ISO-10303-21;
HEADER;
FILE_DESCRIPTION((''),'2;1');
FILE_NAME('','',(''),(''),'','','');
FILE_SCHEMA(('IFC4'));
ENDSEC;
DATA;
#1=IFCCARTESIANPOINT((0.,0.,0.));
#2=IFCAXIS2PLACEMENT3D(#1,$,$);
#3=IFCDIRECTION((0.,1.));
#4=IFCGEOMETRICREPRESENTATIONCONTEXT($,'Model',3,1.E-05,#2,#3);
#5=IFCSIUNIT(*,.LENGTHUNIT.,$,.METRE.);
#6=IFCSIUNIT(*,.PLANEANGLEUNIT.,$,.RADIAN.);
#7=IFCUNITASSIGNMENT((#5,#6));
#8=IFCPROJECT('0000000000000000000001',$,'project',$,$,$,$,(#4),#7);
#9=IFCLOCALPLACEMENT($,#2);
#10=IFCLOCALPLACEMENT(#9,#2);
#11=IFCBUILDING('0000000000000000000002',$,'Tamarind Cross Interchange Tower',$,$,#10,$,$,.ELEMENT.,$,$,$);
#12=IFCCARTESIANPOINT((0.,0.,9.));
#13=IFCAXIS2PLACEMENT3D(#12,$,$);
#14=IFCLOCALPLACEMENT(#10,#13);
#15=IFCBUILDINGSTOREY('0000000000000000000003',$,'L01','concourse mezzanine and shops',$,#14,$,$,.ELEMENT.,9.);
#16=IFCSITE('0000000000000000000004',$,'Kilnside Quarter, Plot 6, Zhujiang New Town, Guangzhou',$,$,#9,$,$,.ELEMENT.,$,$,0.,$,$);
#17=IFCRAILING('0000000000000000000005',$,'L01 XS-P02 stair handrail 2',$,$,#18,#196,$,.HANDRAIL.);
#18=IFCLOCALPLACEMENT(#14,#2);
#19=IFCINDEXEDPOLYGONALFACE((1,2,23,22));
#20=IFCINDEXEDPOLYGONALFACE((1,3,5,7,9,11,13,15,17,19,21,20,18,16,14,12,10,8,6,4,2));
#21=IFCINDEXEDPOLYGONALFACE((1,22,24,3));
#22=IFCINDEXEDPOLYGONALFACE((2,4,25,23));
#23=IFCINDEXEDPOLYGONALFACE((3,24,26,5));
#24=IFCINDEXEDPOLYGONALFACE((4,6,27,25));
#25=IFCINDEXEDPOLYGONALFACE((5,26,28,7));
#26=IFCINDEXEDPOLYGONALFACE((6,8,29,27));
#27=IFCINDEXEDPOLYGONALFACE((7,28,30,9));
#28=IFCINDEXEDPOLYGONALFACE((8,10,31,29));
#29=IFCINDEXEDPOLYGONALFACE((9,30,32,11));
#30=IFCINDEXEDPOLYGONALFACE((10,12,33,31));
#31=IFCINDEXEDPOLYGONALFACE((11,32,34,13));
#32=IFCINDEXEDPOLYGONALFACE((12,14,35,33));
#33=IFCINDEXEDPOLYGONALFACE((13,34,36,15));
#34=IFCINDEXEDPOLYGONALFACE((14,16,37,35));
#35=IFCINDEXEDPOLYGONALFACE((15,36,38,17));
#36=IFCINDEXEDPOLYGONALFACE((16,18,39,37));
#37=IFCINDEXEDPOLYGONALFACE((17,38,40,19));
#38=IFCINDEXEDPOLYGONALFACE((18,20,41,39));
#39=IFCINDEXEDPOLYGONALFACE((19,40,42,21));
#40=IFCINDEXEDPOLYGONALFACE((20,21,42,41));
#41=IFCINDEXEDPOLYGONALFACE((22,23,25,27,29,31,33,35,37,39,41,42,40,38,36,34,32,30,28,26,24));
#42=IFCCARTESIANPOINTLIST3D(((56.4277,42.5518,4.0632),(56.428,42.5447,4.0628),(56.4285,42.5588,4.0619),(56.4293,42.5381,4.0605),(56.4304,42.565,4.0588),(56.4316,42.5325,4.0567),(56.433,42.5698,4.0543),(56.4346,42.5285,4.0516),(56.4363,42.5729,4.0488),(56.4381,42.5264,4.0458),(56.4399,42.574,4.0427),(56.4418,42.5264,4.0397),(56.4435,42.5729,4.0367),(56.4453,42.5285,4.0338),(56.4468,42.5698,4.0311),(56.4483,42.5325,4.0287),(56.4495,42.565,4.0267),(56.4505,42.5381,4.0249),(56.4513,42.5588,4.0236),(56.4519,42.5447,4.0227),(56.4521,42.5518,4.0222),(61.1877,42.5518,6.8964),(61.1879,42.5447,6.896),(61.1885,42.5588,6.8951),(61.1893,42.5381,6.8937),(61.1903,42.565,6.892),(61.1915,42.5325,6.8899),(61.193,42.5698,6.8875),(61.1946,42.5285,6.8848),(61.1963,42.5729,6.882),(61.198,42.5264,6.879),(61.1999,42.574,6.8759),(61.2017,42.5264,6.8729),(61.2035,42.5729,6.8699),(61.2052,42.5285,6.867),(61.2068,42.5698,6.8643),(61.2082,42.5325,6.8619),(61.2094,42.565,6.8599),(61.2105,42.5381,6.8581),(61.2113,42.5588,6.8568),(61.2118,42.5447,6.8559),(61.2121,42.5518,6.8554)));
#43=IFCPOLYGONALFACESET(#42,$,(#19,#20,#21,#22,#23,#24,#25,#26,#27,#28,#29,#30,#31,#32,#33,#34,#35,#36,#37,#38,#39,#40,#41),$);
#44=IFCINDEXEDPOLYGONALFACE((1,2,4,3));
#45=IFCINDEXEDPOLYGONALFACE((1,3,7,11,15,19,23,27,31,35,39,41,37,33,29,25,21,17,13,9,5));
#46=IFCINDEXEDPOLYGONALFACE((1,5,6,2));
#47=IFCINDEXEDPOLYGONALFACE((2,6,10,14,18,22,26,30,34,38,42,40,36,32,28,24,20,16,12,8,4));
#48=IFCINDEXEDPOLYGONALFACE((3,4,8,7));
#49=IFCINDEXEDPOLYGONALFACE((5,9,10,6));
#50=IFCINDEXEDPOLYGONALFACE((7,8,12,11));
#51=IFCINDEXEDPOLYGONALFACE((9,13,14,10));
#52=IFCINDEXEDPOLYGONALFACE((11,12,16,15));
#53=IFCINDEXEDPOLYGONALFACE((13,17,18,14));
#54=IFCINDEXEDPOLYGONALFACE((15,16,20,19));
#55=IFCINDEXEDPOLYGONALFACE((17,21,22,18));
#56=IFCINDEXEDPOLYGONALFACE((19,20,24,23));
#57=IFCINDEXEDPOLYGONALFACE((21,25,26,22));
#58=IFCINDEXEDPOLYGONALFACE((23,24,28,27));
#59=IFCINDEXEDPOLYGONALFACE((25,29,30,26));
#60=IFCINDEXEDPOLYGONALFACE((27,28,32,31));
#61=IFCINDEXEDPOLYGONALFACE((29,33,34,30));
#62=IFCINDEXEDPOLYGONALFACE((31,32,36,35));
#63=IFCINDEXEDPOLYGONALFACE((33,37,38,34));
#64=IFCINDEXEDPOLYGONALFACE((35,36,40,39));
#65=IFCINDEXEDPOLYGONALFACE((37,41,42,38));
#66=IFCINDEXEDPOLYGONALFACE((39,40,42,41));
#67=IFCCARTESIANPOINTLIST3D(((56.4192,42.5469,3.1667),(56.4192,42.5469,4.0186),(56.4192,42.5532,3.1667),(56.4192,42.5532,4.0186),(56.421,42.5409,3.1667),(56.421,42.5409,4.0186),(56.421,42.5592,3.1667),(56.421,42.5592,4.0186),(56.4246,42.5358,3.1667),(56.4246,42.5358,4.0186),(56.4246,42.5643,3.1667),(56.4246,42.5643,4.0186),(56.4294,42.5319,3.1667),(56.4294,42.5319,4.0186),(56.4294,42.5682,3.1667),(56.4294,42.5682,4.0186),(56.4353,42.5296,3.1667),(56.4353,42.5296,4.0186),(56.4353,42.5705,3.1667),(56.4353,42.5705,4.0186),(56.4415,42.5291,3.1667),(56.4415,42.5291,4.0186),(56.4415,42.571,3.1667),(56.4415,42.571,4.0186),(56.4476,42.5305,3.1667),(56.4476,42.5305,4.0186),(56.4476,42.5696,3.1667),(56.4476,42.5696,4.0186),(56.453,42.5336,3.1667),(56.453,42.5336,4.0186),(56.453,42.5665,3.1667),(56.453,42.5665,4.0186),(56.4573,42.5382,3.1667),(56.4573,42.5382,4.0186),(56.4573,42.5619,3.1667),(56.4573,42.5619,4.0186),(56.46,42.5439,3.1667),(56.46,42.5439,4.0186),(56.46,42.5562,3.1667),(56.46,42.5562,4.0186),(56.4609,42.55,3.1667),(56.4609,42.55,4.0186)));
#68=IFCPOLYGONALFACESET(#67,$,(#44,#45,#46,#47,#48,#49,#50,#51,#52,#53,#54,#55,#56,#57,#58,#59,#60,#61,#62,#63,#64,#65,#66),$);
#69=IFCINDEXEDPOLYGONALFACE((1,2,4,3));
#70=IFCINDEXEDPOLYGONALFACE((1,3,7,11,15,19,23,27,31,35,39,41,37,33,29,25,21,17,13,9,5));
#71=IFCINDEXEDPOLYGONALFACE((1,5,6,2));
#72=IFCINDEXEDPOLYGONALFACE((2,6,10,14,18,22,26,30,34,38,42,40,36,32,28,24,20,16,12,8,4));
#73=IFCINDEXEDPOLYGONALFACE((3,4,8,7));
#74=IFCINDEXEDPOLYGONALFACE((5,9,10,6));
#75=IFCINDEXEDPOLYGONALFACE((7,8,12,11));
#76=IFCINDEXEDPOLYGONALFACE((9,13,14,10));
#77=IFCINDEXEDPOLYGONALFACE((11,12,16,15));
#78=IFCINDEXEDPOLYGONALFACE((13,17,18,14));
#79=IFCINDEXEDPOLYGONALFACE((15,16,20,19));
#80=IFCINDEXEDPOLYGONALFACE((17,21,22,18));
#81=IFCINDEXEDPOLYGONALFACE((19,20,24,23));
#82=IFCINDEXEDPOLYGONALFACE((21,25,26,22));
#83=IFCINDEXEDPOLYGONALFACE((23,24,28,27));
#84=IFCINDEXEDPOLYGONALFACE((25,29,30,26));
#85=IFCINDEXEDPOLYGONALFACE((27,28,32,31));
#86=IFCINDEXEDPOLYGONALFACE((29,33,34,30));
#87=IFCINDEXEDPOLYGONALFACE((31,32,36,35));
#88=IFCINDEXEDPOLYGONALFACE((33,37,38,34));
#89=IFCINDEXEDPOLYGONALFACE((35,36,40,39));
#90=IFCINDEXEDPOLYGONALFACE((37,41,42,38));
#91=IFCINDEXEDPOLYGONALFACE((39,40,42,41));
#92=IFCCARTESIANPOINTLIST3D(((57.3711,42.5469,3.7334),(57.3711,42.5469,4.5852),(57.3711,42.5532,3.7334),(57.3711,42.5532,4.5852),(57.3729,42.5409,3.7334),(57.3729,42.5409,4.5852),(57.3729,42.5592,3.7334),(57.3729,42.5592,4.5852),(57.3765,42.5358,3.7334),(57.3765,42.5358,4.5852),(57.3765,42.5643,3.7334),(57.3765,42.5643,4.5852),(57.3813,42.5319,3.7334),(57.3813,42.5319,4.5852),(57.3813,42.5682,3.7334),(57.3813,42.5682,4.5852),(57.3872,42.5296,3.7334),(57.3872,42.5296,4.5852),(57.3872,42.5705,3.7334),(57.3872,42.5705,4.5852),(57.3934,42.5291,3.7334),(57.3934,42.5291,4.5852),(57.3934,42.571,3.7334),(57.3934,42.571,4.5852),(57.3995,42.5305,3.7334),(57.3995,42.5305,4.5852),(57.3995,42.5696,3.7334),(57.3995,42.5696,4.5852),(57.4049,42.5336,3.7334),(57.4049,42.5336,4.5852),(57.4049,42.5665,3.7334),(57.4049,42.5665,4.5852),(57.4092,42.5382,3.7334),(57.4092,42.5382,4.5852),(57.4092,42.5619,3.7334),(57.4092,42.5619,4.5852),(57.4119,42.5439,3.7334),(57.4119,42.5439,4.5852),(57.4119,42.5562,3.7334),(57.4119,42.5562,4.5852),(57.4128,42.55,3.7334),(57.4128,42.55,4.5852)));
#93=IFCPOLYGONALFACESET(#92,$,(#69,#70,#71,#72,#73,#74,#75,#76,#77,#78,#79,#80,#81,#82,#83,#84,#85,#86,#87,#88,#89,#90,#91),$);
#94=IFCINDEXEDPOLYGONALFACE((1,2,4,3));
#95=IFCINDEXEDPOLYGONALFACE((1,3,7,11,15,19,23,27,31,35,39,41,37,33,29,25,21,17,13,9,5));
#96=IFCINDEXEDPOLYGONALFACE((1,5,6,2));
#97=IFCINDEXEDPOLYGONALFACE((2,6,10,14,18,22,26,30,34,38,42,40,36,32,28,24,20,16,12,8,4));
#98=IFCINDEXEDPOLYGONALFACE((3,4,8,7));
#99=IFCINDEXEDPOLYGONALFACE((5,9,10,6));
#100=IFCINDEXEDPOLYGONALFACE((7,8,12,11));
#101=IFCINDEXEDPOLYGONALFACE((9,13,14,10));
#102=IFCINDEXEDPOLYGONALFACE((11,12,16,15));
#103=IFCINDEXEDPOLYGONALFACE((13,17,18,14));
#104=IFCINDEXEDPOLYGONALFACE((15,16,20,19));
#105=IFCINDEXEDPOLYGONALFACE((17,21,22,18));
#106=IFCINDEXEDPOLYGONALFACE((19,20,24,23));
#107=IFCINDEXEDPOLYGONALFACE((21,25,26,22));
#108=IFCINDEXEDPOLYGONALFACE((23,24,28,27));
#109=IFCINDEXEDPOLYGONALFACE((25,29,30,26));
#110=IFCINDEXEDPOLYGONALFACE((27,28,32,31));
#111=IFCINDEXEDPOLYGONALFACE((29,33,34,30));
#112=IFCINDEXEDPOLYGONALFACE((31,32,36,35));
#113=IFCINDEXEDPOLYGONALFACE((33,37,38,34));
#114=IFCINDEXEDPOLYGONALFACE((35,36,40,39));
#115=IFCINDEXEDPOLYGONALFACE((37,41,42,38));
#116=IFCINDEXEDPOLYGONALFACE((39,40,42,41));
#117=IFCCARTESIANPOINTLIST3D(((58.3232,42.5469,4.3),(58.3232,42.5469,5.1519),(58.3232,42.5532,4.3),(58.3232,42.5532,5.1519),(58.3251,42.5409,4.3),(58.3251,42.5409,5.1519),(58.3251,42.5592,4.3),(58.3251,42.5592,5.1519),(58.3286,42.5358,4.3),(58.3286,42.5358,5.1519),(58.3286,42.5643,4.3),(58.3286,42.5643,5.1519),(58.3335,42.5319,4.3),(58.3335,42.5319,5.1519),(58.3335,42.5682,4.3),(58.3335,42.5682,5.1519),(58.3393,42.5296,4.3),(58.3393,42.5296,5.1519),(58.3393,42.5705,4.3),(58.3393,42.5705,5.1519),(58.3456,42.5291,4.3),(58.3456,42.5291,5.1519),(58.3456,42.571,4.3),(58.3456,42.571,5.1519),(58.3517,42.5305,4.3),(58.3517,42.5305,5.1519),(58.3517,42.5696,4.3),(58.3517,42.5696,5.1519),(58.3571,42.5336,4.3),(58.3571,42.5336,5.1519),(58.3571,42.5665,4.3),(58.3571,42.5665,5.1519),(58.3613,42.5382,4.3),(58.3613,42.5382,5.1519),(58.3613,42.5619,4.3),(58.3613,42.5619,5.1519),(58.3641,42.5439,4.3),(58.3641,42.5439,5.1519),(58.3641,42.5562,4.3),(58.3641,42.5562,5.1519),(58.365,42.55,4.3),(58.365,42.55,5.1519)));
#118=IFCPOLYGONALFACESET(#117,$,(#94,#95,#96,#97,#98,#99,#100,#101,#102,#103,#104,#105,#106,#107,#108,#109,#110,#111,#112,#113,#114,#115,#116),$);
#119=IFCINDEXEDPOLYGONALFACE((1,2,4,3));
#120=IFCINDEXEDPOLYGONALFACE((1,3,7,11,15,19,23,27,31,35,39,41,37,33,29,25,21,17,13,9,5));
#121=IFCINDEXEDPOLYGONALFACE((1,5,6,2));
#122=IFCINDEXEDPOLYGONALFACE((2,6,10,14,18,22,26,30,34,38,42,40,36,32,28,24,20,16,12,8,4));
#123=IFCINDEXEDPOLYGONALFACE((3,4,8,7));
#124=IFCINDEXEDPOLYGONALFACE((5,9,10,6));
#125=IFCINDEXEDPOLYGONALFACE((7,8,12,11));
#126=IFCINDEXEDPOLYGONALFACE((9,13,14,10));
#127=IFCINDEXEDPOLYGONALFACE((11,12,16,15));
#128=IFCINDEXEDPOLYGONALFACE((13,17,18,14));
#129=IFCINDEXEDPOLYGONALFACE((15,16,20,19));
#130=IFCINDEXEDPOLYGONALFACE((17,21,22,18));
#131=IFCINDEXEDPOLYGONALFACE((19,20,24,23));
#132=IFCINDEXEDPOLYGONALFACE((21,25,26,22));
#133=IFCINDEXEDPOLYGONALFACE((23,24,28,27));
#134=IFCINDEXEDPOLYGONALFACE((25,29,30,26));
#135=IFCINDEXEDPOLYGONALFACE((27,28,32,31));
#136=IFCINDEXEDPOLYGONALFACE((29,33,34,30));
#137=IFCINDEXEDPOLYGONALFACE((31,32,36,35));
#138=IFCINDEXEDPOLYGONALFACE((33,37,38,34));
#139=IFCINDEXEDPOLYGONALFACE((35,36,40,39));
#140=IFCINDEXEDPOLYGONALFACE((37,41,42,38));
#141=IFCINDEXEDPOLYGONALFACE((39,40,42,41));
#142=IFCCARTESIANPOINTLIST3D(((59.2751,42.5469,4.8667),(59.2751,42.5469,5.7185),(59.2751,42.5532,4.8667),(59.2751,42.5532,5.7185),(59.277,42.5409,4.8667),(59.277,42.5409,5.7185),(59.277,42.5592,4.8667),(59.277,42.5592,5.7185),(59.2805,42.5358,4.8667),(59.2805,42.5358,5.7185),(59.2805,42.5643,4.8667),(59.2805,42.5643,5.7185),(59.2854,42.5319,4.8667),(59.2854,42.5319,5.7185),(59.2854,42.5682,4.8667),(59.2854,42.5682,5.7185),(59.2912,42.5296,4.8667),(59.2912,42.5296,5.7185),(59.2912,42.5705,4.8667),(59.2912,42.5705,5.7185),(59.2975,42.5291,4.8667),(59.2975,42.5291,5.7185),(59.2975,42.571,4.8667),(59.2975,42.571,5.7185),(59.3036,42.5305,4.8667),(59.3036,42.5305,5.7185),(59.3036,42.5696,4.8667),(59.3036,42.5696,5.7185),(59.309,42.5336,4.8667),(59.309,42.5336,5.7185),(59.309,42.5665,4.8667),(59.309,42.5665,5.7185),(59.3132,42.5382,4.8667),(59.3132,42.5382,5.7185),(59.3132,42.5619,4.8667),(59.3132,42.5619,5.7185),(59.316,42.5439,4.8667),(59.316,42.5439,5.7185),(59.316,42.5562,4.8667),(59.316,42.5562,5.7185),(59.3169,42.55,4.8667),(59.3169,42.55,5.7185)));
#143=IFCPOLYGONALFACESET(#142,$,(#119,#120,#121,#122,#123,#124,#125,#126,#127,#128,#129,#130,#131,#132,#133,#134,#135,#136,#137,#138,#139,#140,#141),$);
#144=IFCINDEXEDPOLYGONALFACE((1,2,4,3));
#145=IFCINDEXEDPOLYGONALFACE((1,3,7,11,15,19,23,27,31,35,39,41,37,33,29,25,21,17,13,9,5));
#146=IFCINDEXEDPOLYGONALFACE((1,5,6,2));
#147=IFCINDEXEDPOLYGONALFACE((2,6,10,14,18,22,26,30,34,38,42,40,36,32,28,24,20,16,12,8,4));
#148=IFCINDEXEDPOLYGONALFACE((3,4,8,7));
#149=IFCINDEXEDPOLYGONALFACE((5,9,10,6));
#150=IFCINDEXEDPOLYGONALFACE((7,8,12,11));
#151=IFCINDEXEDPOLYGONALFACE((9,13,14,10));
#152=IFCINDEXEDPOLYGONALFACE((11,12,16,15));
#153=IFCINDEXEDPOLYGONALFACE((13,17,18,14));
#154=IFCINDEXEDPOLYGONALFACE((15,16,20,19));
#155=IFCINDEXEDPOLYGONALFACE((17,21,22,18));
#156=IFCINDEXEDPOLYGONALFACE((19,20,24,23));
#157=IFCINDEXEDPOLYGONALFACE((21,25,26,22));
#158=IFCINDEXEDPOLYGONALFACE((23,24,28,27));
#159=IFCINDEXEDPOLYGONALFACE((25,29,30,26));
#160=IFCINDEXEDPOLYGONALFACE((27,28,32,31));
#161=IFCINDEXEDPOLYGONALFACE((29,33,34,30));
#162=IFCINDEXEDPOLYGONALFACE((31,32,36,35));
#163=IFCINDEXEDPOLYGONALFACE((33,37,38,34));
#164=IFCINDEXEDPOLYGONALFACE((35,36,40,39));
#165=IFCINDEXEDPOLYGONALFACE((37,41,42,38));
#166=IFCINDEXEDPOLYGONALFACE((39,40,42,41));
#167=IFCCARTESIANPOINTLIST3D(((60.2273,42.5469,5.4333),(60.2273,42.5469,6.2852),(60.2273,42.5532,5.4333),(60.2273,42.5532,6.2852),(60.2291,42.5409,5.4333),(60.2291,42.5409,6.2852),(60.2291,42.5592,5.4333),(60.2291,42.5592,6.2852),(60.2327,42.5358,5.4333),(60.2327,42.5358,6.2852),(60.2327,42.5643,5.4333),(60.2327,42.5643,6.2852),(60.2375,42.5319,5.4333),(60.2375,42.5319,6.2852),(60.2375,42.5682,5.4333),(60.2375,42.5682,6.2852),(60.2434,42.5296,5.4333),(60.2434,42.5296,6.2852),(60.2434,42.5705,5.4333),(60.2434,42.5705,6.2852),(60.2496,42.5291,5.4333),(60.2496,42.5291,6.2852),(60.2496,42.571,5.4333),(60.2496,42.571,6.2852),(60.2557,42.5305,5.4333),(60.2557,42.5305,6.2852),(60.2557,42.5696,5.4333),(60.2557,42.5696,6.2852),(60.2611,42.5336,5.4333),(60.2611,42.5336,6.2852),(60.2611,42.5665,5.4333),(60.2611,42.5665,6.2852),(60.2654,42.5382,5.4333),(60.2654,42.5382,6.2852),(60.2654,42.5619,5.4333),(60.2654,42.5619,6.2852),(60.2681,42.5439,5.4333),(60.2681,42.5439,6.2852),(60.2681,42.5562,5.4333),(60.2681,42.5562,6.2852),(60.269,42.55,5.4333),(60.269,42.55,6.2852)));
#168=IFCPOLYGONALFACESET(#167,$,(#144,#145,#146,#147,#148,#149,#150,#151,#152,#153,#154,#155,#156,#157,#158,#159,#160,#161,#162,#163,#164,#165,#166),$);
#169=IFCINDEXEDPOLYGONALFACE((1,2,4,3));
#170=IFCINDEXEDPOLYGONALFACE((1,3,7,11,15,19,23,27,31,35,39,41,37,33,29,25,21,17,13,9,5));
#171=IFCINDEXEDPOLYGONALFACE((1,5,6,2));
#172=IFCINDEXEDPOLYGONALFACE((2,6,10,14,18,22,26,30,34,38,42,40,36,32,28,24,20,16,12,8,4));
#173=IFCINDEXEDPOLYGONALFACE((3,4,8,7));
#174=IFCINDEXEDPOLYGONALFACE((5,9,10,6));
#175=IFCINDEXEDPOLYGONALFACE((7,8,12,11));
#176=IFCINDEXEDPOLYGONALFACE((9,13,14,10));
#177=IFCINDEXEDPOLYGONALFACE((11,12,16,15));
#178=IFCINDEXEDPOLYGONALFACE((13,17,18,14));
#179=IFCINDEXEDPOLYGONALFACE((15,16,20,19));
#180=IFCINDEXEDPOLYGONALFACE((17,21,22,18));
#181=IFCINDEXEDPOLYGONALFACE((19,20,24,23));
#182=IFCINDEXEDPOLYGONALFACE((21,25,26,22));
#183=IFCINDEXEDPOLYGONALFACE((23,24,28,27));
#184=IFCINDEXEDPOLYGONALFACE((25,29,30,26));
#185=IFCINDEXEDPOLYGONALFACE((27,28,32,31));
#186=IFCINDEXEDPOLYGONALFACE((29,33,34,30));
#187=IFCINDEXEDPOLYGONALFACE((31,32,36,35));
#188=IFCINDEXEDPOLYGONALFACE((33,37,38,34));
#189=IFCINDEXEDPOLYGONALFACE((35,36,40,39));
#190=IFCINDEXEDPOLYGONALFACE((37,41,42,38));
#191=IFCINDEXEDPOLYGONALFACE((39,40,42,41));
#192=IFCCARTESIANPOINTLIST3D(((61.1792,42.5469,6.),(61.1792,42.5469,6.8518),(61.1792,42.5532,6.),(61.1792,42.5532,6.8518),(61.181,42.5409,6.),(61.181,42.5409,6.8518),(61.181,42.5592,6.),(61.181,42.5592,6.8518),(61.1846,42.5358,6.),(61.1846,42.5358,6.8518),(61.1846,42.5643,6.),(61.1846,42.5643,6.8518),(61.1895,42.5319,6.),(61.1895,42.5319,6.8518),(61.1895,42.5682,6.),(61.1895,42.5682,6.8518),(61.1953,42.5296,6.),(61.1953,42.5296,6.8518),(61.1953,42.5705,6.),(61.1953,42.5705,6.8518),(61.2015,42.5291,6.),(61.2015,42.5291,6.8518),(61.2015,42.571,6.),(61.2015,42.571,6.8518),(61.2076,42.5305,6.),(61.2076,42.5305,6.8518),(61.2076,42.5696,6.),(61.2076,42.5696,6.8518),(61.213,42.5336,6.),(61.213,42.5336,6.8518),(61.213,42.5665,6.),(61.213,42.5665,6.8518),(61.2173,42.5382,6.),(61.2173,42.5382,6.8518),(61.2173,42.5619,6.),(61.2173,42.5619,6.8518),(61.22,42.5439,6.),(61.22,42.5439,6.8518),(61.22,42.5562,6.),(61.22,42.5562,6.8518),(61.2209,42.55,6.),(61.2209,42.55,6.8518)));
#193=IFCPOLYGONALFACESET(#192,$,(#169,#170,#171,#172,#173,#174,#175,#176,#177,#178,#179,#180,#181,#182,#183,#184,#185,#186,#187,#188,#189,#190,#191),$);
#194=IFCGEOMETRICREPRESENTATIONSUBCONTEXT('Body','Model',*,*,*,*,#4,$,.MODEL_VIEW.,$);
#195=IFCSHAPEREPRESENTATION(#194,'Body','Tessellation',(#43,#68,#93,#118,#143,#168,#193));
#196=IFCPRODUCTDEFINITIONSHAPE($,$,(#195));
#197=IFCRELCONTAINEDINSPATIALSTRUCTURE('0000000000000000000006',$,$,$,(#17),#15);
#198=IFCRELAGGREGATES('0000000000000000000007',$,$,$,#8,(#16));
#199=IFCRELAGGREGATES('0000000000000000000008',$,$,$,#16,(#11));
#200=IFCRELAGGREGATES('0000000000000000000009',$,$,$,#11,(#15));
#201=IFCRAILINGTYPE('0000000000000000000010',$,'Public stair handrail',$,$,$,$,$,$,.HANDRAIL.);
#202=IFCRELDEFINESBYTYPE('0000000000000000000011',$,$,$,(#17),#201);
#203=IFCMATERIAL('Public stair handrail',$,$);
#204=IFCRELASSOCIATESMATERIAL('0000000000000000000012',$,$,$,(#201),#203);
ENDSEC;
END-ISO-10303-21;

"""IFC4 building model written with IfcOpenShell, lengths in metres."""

from ifc_helpers import new_model, si_unit, direction, frame, origin, origin_2d, place, context, subcontext, project, spatial, circle, extrude, material, type_object, element, save


model = new_model("IFC4")

# Units and contexts
model_context = context("Model", 3, precision=1e-05, world=origin(), true_north=direction((0.0, 1.0)))
body_context = subcontext(model_context, "Body", "Model", "MODEL_VIEW")
ifc_project = project(units=[si_unit("LENGTHUNIT", "METRE"), si_unit("PLANEANGLEUNIT", "RADIAN")], contexts=[model_context])

# Site, building, storey
site_placement = place(None, origin())
site = spatial("IfcSite", under=ifc_project, at=site_placement, Name="Kilnside Quarter, Plot 6, Zhujiang New Town, Guangzhou", CompositionType="ELEMENT", RefElevation=0.0)
building_placement = place(site_placement, origin())
building = spatial("IfcBuilding", under=site, at=building_placement, Name="Tamarind Cross Interchange Tower", CompositionType="ELEMENT")
storey_placement = place(building_placement, frame((0.0, 0.0, 9.0)))
storey = spatial("IfcBuildingStorey", under=building, at=storey_placement, Name="L01", Description="concourse mezzanine and shops", CompositionType="ELEMENT", Elevation=9.0)

# Railing
ifc_material_1 = material(Name="Public stair handrail")
railing_type = type_object("IfcRailingType", Name="Public stair handrail", PredefinedType="HANDRAIL", material=ifc_material_1)
railing_placement = place(storey_placement, frame((56.4399, 42.55, 3.1667)))
element("IfcRailing", 1, at=railing_placement, inside=storey, type_object=railing_type, Name="L01 XS-P02 stair handrail 2", PredefinedType="HANDRAIL", context=body_context, shape_type="SweptSolid", body=[
    extrude(circle(Radius=0.0239, at=origin_2d()), frame((0.0, 0.0, 0.876), z_axis=(0.8593, 0.0, 0.511472), x_axis=(0.0, 1.0, 0.0)), (0.0, 0.0, 1.0), 5.5393),
    extrude(circle(Radius=0.021, at=origin_2d()), origin(), (0.0, 0.0, 1.0), 0.8518),
    extrude(circle(Radius=0.021, at=origin_2d()), frame((0.9519, 0.0, 0.5667)), (0.0, 0.0, 1.0), 0.8518),
    extrude(circle(Radius=0.021, at=origin_2d()), frame((1.9041, 0.0, 1.1333)), (0.0, 0.0, 1.0), 0.8518),
    extrude(circle(Radius=0.021, at=origin_2d()), frame((2.856, 0.0, 1.7)), (0.0, 0.0, 1.0), 0.8518),
    extrude(circle(Radius=0.021, at=origin_2d()), frame((3.8081, 0.0, 2.2666)), (0.0, 0.0, 1.0), 0.8518),
    extrude(circle(Radius=0.021, at=origin_2d()), frame((4.76, 0.0, 2.8333)), (0.0, 0.0, 1.0), 0.8518),
])

save(model, "model.ifc")
